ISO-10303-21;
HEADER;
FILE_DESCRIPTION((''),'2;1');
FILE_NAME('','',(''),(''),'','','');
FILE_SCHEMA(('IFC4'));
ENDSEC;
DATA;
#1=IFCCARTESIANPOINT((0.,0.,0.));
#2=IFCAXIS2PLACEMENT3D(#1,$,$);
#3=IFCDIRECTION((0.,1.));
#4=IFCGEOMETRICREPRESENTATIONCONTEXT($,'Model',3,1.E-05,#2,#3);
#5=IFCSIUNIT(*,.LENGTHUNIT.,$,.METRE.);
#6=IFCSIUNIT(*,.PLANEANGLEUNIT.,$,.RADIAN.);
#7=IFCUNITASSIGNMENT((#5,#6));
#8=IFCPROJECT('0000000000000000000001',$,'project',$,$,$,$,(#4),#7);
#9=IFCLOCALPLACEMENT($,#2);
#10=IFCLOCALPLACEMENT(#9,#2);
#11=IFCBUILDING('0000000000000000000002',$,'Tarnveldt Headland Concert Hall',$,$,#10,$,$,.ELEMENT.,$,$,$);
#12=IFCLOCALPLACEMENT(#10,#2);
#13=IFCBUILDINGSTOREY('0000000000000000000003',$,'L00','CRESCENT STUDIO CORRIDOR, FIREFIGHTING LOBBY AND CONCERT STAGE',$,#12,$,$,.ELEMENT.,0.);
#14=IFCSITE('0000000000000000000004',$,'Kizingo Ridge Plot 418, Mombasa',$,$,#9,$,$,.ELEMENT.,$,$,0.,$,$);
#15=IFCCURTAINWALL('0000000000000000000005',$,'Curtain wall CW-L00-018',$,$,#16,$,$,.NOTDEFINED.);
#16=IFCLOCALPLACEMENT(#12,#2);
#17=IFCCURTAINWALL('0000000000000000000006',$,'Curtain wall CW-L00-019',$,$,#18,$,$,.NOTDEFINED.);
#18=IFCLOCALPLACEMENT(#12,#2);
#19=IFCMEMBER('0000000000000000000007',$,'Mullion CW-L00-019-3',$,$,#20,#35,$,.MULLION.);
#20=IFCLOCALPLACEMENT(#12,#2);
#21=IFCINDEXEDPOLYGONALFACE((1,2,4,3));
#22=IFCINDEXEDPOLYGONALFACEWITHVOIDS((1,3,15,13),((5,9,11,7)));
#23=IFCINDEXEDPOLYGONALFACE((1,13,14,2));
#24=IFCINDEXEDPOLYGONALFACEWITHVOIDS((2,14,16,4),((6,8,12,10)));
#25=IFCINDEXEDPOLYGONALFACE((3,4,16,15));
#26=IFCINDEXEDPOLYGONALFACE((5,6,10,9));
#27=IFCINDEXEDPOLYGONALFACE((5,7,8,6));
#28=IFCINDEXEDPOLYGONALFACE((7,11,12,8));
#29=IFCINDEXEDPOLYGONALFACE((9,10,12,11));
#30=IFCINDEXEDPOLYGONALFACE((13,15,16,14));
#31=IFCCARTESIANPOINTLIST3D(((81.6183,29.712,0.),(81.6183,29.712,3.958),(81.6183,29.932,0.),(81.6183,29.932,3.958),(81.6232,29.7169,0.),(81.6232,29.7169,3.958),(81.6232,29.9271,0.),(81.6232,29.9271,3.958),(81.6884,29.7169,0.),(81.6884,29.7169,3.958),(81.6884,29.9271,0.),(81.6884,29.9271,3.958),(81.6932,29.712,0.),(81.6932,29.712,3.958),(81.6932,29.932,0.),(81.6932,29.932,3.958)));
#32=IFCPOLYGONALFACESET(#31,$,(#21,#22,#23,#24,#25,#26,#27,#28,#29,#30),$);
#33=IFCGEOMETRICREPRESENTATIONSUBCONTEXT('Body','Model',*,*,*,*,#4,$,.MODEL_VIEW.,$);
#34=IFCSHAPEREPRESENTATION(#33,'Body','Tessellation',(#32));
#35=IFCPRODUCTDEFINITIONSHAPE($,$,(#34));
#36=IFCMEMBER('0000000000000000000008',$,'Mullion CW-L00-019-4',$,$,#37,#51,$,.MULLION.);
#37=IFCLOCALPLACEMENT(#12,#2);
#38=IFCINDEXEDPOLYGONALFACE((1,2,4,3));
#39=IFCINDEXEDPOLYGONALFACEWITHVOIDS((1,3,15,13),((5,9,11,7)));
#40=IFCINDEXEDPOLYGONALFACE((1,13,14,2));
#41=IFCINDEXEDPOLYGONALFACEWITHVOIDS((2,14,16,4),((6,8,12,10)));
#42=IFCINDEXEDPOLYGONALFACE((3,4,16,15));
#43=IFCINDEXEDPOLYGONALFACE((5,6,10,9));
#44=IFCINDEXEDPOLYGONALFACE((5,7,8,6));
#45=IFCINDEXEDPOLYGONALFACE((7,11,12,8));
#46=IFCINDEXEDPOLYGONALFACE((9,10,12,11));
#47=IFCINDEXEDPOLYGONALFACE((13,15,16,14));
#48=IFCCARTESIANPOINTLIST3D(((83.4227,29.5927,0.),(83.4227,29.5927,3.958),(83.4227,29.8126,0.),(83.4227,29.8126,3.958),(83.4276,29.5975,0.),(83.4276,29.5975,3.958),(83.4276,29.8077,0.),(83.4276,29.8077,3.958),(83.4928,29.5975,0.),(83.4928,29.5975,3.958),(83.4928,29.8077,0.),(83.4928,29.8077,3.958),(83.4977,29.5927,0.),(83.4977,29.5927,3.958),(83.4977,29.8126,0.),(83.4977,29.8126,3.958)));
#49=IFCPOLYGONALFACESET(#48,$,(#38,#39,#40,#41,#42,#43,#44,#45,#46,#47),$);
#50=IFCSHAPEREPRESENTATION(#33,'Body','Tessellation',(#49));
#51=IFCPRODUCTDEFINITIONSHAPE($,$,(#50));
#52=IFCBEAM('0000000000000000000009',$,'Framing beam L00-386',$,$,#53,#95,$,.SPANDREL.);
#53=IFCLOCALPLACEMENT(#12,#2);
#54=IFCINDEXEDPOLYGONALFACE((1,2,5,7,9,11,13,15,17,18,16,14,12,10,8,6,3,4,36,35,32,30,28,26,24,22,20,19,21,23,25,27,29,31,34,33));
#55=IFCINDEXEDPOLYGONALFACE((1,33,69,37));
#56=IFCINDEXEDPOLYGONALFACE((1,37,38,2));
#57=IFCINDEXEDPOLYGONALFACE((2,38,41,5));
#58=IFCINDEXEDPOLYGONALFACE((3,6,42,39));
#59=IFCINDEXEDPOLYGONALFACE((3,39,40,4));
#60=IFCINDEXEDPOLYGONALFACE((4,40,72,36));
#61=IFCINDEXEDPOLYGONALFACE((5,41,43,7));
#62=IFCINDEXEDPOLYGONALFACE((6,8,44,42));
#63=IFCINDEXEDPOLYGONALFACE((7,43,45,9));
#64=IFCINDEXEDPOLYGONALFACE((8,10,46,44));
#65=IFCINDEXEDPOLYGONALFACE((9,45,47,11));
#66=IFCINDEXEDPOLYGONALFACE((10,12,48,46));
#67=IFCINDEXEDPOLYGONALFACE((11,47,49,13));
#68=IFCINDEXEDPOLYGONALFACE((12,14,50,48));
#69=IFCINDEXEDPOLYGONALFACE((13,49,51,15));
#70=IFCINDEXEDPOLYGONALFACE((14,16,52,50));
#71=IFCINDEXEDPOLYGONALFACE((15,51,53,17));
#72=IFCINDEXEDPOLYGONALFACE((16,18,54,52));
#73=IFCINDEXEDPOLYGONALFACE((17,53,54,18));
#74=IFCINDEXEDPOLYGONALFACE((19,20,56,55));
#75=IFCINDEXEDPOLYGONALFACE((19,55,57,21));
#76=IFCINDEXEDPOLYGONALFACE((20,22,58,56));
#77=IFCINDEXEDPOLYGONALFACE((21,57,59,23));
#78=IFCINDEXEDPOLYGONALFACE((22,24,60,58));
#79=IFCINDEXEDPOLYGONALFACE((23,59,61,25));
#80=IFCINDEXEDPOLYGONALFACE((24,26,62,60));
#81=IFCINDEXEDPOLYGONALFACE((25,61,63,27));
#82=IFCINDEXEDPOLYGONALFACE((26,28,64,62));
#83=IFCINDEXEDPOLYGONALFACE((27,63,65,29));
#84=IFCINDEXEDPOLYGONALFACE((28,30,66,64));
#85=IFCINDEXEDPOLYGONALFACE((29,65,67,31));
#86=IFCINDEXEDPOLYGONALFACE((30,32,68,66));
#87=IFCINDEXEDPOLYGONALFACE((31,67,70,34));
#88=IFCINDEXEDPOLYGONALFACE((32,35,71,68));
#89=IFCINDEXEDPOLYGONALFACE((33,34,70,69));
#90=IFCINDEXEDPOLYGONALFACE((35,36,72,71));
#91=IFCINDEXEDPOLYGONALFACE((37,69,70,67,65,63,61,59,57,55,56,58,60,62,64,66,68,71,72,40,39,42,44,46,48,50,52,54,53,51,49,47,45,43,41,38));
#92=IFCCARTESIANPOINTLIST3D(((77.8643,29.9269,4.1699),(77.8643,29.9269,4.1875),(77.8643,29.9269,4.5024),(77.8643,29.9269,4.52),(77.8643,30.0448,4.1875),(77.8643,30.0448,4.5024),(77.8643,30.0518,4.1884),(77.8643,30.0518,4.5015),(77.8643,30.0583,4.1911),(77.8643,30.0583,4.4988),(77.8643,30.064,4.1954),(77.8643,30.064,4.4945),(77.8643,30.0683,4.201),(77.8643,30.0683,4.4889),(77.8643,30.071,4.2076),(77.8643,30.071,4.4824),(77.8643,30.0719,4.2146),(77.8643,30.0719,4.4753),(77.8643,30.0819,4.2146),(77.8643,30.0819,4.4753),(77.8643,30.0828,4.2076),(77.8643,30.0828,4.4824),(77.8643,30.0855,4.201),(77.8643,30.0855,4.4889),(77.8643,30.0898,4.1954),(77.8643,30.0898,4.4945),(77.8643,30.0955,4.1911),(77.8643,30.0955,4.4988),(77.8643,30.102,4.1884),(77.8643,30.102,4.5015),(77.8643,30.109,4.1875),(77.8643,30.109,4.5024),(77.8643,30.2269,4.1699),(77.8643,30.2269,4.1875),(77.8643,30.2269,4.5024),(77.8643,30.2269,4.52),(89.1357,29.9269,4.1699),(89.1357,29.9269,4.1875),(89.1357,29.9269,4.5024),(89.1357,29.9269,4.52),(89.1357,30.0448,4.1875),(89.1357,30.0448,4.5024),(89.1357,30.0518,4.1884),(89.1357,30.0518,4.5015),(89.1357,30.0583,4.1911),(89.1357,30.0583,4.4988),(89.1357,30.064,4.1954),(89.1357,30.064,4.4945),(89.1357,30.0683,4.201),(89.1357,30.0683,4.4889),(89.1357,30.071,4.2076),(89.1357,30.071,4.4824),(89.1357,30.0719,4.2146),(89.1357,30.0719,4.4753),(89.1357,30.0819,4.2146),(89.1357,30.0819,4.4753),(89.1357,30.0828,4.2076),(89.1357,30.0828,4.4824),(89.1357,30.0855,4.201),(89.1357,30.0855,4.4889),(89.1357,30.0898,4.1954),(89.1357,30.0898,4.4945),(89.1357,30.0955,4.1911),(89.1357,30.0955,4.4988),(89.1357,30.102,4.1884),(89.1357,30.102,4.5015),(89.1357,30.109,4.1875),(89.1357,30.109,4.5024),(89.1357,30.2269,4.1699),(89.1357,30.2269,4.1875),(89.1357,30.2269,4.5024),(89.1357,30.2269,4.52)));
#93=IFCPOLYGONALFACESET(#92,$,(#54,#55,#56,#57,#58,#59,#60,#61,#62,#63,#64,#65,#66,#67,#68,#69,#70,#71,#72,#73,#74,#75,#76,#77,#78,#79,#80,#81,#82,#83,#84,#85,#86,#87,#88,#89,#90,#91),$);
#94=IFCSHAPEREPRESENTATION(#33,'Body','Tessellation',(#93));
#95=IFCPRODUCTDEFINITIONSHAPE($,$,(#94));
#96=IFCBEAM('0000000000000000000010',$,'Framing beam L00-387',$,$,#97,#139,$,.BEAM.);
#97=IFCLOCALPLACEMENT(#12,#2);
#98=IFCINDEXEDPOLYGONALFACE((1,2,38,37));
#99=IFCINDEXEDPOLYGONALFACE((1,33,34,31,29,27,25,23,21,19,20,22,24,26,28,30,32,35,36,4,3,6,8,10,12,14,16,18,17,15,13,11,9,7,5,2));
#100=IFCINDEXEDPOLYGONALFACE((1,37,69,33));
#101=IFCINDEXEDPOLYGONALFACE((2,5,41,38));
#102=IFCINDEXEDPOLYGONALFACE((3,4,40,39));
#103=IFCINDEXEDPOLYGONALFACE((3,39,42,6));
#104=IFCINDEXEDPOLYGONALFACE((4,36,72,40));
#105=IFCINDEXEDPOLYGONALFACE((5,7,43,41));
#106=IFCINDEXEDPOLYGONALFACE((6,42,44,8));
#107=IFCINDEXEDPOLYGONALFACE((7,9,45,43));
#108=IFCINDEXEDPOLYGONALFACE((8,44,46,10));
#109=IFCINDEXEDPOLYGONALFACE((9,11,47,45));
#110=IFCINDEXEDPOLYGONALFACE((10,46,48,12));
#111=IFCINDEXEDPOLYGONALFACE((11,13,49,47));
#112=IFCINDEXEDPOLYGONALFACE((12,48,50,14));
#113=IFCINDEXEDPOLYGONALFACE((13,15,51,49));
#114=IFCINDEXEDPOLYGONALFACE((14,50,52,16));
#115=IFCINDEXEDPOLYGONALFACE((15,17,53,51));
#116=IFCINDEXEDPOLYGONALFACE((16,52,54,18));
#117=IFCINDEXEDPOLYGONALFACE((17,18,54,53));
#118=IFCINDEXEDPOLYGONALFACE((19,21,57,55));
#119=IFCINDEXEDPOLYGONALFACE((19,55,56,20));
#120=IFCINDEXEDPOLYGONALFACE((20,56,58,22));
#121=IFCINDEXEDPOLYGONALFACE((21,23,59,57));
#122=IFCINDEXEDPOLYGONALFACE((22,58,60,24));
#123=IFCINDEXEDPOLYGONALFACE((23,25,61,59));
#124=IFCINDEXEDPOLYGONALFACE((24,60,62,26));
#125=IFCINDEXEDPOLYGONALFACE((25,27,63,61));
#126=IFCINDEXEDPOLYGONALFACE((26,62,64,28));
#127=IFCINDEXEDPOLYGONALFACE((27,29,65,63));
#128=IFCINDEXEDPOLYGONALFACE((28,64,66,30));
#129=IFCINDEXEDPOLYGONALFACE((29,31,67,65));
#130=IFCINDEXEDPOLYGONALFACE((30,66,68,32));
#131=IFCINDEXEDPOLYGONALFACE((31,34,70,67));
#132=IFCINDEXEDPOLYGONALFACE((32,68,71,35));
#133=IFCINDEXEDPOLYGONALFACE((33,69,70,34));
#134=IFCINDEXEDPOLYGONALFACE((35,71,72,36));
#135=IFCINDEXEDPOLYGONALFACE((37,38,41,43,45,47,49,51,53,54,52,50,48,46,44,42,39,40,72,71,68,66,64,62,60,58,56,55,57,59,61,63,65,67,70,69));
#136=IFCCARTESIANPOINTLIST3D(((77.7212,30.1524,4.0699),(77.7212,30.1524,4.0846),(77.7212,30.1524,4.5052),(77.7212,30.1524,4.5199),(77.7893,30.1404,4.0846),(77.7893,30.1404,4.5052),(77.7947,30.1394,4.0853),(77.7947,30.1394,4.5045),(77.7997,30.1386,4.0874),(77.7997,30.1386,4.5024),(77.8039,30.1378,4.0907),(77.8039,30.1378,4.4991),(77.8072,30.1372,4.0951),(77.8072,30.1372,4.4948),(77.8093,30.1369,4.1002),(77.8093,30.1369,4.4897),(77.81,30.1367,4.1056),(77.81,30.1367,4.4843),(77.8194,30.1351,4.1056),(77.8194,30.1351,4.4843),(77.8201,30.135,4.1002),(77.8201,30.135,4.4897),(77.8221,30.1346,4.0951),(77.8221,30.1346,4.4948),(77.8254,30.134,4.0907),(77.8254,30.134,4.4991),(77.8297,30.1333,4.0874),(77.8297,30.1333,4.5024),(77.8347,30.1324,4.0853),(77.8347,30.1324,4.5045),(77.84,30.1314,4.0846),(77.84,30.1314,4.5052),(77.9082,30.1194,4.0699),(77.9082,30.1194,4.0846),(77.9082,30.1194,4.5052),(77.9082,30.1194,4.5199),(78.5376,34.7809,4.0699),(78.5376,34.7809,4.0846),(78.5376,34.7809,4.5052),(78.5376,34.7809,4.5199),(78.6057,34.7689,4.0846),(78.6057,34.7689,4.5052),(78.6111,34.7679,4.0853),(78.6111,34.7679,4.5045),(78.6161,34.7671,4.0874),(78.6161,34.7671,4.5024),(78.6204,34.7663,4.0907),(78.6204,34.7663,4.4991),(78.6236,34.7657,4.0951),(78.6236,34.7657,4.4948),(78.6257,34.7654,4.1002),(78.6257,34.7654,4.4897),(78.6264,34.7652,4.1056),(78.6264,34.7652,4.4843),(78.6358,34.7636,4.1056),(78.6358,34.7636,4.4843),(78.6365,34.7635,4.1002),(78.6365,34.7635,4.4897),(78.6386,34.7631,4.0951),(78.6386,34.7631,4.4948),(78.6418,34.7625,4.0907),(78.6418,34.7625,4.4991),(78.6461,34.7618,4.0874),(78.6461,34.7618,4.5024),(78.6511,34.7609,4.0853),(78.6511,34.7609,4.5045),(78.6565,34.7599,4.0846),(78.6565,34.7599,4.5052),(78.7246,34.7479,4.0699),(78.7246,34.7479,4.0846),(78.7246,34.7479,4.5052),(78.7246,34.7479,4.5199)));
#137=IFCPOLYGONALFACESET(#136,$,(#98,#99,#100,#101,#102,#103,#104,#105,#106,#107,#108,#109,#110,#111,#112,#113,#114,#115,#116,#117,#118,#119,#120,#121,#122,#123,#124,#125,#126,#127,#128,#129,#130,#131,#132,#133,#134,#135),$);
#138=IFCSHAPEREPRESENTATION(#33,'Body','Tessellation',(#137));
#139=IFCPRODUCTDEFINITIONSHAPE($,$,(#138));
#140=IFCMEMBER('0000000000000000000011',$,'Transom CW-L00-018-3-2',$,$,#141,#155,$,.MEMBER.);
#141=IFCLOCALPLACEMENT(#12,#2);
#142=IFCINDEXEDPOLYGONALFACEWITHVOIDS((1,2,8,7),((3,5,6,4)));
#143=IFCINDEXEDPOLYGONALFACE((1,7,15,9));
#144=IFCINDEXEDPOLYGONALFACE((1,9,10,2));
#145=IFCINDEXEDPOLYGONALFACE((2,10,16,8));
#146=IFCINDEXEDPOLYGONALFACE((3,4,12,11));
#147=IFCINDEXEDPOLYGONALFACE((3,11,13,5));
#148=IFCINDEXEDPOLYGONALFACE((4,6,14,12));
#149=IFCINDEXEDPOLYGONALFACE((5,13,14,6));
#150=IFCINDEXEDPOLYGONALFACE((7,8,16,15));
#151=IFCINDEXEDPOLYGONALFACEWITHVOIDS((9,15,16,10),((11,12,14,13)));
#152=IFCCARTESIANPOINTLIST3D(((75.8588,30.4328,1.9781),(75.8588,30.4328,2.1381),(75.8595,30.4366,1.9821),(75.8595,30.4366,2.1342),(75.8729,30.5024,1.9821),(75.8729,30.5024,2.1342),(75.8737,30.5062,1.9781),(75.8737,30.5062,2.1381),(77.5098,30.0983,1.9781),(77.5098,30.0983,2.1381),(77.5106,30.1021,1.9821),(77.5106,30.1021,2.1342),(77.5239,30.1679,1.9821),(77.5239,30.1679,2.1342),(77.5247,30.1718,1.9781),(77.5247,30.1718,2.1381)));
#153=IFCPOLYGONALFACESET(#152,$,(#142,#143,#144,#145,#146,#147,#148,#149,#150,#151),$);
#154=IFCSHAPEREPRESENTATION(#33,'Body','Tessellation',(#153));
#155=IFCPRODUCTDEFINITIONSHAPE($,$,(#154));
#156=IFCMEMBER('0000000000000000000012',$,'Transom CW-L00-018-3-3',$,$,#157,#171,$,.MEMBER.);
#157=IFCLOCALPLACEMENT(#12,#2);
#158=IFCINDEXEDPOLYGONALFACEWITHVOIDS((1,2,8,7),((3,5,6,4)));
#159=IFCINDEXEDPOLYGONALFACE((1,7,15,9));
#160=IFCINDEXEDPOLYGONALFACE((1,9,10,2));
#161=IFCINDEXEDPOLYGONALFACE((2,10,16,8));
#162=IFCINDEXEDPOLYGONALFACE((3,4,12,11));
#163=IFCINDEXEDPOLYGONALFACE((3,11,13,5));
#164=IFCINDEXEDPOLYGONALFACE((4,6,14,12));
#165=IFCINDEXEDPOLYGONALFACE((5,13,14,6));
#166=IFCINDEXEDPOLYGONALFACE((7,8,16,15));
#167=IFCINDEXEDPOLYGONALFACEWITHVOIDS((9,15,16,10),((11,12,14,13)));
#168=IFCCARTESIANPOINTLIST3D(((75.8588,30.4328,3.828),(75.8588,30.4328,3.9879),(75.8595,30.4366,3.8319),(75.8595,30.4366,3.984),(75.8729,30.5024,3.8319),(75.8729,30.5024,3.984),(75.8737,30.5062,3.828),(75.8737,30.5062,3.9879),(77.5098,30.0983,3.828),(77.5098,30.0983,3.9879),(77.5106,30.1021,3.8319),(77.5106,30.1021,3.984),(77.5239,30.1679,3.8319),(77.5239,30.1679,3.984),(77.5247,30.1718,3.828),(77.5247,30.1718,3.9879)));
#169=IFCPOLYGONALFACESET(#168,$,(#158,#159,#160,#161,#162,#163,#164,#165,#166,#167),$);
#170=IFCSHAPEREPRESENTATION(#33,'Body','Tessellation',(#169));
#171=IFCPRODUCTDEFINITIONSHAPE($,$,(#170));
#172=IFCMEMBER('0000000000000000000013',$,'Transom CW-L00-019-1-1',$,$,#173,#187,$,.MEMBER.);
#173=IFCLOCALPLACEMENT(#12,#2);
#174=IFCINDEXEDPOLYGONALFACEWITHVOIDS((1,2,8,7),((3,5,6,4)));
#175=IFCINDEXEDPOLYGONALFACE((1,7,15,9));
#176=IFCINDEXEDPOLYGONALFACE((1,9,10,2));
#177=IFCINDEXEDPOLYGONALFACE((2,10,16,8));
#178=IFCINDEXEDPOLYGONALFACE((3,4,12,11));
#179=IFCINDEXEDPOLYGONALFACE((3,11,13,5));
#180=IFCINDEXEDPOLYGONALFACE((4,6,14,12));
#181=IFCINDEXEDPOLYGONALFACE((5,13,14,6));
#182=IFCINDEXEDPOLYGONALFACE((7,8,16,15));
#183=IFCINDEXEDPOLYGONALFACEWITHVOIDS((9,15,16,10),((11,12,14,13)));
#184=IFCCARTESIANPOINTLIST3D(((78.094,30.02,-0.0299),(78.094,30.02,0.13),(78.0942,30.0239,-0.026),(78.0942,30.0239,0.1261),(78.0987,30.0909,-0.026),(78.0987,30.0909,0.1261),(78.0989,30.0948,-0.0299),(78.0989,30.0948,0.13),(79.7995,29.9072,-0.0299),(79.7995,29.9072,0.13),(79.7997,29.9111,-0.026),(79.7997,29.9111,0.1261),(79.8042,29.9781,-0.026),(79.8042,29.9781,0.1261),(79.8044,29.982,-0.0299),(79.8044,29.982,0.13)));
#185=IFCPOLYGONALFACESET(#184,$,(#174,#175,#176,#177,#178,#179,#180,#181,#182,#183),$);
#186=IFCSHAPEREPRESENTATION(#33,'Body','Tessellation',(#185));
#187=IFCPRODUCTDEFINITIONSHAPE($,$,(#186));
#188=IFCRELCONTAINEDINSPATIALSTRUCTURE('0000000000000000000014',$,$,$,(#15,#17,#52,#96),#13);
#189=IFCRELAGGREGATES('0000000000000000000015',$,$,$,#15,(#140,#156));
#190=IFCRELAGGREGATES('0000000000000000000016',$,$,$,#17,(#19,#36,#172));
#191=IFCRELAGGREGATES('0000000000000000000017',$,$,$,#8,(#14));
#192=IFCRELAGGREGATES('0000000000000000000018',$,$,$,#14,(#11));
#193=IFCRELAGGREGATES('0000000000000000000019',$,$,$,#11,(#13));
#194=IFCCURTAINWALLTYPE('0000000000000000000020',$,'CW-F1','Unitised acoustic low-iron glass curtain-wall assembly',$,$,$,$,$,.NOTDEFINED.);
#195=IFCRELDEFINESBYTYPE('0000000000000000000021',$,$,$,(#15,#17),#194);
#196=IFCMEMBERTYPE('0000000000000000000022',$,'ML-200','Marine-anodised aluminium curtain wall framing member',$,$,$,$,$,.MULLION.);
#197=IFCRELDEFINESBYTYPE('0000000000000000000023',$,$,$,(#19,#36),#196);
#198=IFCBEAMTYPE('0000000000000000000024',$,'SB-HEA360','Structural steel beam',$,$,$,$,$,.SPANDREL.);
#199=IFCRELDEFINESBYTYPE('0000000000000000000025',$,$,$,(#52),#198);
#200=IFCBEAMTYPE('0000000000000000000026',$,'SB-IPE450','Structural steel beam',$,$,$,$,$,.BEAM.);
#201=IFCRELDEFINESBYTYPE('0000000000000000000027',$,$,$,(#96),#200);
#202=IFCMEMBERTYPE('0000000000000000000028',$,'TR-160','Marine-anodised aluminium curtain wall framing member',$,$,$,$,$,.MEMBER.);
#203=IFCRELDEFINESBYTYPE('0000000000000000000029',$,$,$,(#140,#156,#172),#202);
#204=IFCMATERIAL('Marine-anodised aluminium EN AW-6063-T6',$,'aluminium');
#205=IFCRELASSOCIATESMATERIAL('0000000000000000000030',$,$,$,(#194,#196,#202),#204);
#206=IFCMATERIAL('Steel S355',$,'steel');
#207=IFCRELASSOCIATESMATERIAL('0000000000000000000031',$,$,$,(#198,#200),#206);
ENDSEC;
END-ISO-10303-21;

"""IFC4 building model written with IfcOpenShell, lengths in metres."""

from ifc_helpers import new_model, si_unit, direction, frame, origin, origin_2d, place, context, subcontext, project, spatial, hollow_rectangle, i_section, extrude, material, material_profile, profile_set, type_object, element, aggregate, save


model = new_model("IFC4")

# Units and contexts
model_context = context("Model", 3, precision=1e-05, world=origin(), true_north=direction((0.0, 1.0)))
body_context = subcontext(model_context, "Body", "Model", "MODEL_VIEW")
ifc_project = project(units=[si_unit("LENGTHUNIT", "METRE"), si_unit("PLANEANGLEUNIT", "RADIAN")], contexts=[model_context])

# Site, building, storey
site_placement = place(None, origin())
site = spatial("IfcSite", under=ifc_project, at=site_placement, Name="Kizingo Ridge Plot 418, Mombasa", CompositionType="ELEMENT", RefElevation=0.0)
building_placement = place(site_placement, origin())
building = spatial("IfcBuilding", under=site, at=building_placement, Name="Tarnveldt Headland Concert Hall", CompositionType="ELEMENT")
storey_placement = place(building_placement, origin())
storey = spatial("IfcBuildingStorey", under=building, at=storey_placement, Name="L00", Description="CRESCENT STUDIO CORRIDOR, FIREFIGHTING LOBBY AND CONCERT STAGE", CompositionType="ELEMENT", Elevation=0.0)

# Shared definitions
ifc_material_1 = material(Name="Steel S355", Category="steel")

# Curtain wall
ifc_material_2 = material(Name="Marine-anodised aluminium EN AW-6063-T6", Category="aluminium")
curtain_wall_type = type_object("IfcCurtainWallType", Name="CW-F1", Description="Unitised acoustic low-iron glass curtain-wall assembly", PredefinedType="NOTDEFINED", material=ifc_material_2)
curtain_wall_1_placement = place(storey_placement, origin())
curtain_wall_1 = element("IfcCurtainWall", 1, at=curtain_wall_1_placement, inside=storey, type_object=curtain_wall_type, Name="Curtain wall CW-L00-018", PredefinedType="NOTDEFINED")
ifc_material_profile_1 = material_profile(ifc_material_2, hollow_rectangle(XDim=0.075, YDim=0.22, WallThickness=0.0049, at=origin_2d()), Name="ALU MULLION 75x220x5", Category="aluminium")
ifc_profile_set_1 = profile_set([ifc_material_profile_1], Name="Marine-anodised aluminium EN AW-6063-T6")
member_type_1 = type_object("IfcMemberType", Name="ML-200", Description="Marine-anodised aluminium curtain wall framing member", PredefinedType="MULLION", material=ifc_profile_set_1)

# Curtain wall, members
curtain_wall_2_placement = place(storey_placement, origin())
curtain_wall_2 = element("IfcCurtainWall", 2, at=curtain_wall_2_placement, inside=storey, type_object=curtain_wall_type, Name="Curtain wall CW-L00-019", PredefinedType="NOTDEFINED")
member_1_placement = place(storey_placement, frame((81.6558, 29.822, 0.0), z_axis=(0.0, 0.0, 1.0), x_axis=(1.0, 0.0, 0.0)))
member_1 = element("IfcMember", 3, at=member_1_placement, type_object=member_type_1, Name="Mullion CW-L00-019-3", PredefinedType="MULLION", context=body_context, shape_type="SweptSolid", body=[
    extrude(hollow_rectangle(XDim=0.075, YDim=0.22, WallThickness=0.0049, at=origin_2d()), origin(), (0.0, 0.0, 1.0), 3.958),
])
member_2_placement = place(storey_placement, frame((83.4602, 29.7026, 0.0), z_axis=(0.0, 0.0, 1.0), x_axis=(1.0, 0.0, 0.0)))
member_2 = element("IfcMember", 4, at=member_2_placement, type_object=member_type_1, Name="Mullion CW-L00-019-4", PredefinedType="MULLION", context=body_context, shape_type="SweptSolid", body=[
    extrude(hollow_rectangle(XDim=0.075, YDim=0.22, WallThickness=0.0049, at=origin_2d()), origin(), (0.0, 0.0, 1.0), 3.958),
])

# Beams
ifc_material_profile_2 = material_profile(ifc_material_1, i_section(OverallWidth=0.3, OverallDepth=0.3501, WebThickness=0.01, FlangeThickness=0.0176, FilletRadius=0.0271, at=origin_2d()), Name="HEA360", Category="steel")
ifc_profile_set_2 = profile_set([ifc_material_profile_2], Name="Steel S355")
beam_type_1 = type_object("IfcBeamType", Name="SB-HEA360", Description="Structural steel beam", PredefinedType="SPANDREL", material=ifc_profile_set_2)
beam_1_placement = place(storey_placement, frame((77.8643, 30.0769, 4.345), z_axis=(1.0, 0.0, 0.0), x_axis=(0.0, 1.0, 0.0)))
element("IfcBeam", 5, at=beam_1_placement, inside=storey, type_object=beam_type_1, Name="Framing beam L00-386", PredefinedType="SPANDREL", context=body_context, shape_type="SweptSolid", body=[
    extrude(i_section(OverallWidth=0.3, OverallDepth=0.3501, WebThickness=0.01, FlangeThickness=0.0176, FilletRadius=0.0271, at=origin_2d()), origin(), (0.0, 0.0, 1.0), 11.2715),
])
ifc_material_profile_3 = material_profile(ifc_material_1, i_section(OverallWidth=0.1899, OverallDepth=0.45, WebThickness=0.0095, FlangeThickness=0.0146, FilletRadius=0.021, at=origin_2d()), Name="IPE450", Category="steel")
ifc_profile_set_3 = profile_set([ifc_material_profile_3], Name="Steel S355")
beam_type_2 = type_object("IfcBeamType", Name="SB-IPE450", Description="Structural steel beam", PredefinedType="BEAM", material=ifc_profile_set_3)
beam_2_placement = place(storey_placement, frame((78.6311, 34.7644, 4.2949), z_axis=(-0.173708, -0.984797, 0.0), x_axis=(0.984797, -0.173708, 0.0)))
element("IfcBeam", 6, at=beam_2_placement, inside=storey, type_object=beam_type_2, Name="Framing beam L00-387", PredefinedType="BEAM", context=body_context, shape_type="SweptSolid", body=[
    extrude(i_section(OverallWidth=0.1899, OverallDepth=0.45, WebThickness=0.0095, FlangeThickness=0.0146, FilletRadius=0.021, at=origin_2d()), origin(), (0.0, 0.0, 1.0), 4.7),
])

# Members
ifc_material_profile_4 = material_profile(ifc_material_2, hollow_rectangle(XDim=0.075, YDim=0.1599, WallThickness=0.0039, at=origin_2d()), Name="ALU TRANSOM 75x160x4", Category="aluminium")
ifc_profile_set_4 = profile_set([ifc_material_profile_4], Name="Marine-anodised aluminium EN AW-6063-T6")
member_type_2 = type_object("IfcMemberType", Name="TR-160", Description="Marine-anodised aluminium curtain wall framing member", PredefinedType="MEMBER", material=ifc_profile_set_4)
member_3_placement = place(storey_placement, frame((75.8662, 30.4695, 2.0581), z_axis=(0.980093, -0.19854, 0.0), x_axis=(0.19854, 0.980093, 0.0)))
member_3 = element("IfcMember", 7, at=member_3_placement, type_object=member_type_2, Name="Transom CW-L00-018-3-2", PredefinedType="MEMBER", context=body_context, shape_type="SweptSolid", body=[
    extrude(hollow_rectangle(XDim=0.075, YDim=0.1599, WallThickness=0.0039, at=origin_2d()), origin(), (0.0, 0.0, 1.0), 1.6846),
])
member_4_placement = place(storey_placement, frame((75.8662, 30.4695, 3.908), z_axis=(0.980093, -0.19854, 0.0), x_axis=(0.19854, 0.980093, 0.0)))
member_4 = element("IfcMember", 8, at=member_4_placement, type_object=member_type_2, Name="Transom CW-L00-018-3-3", PredefinedType="MEMBER", context=body_context, shape_type="SweptSolid", body=[
    extrude(hollow_rectangle(XDim=0.075, YDim=0.1599, WallThickness=0.0039, at=origin_2d()), origin(), (0.0, 0.0, 1.0), 1.6846),
])
member_5_placement = place(storey_placement, frame((78.0964, 30.0574, 0.05), z_axis=(0.99782, -0.065988, 0.0), x_axis=(0.065988, 0.99782, 0.0)))
member_5 = element("IfcMember", 9, at=member_5_placement, type_object=member_type_2, Name="Transom CW-L00-019-1-1", PredefinedType="MEMBER", context=body_context, shape_type="SweptSolid", body=[
    extrude(hollow_rectangle(XDim=0.075, YDim=0.1599, WallThickness=0.0039, at=origin_2d()), origin(), (0.0, 0.0, 1.0), 1.7092),
])

aggregate(curtain_wall_1, [member_3, member_4])
aggregate(curtain_wall_2, [member_1, member_2, member_5])

save(model, "model.ifc")
